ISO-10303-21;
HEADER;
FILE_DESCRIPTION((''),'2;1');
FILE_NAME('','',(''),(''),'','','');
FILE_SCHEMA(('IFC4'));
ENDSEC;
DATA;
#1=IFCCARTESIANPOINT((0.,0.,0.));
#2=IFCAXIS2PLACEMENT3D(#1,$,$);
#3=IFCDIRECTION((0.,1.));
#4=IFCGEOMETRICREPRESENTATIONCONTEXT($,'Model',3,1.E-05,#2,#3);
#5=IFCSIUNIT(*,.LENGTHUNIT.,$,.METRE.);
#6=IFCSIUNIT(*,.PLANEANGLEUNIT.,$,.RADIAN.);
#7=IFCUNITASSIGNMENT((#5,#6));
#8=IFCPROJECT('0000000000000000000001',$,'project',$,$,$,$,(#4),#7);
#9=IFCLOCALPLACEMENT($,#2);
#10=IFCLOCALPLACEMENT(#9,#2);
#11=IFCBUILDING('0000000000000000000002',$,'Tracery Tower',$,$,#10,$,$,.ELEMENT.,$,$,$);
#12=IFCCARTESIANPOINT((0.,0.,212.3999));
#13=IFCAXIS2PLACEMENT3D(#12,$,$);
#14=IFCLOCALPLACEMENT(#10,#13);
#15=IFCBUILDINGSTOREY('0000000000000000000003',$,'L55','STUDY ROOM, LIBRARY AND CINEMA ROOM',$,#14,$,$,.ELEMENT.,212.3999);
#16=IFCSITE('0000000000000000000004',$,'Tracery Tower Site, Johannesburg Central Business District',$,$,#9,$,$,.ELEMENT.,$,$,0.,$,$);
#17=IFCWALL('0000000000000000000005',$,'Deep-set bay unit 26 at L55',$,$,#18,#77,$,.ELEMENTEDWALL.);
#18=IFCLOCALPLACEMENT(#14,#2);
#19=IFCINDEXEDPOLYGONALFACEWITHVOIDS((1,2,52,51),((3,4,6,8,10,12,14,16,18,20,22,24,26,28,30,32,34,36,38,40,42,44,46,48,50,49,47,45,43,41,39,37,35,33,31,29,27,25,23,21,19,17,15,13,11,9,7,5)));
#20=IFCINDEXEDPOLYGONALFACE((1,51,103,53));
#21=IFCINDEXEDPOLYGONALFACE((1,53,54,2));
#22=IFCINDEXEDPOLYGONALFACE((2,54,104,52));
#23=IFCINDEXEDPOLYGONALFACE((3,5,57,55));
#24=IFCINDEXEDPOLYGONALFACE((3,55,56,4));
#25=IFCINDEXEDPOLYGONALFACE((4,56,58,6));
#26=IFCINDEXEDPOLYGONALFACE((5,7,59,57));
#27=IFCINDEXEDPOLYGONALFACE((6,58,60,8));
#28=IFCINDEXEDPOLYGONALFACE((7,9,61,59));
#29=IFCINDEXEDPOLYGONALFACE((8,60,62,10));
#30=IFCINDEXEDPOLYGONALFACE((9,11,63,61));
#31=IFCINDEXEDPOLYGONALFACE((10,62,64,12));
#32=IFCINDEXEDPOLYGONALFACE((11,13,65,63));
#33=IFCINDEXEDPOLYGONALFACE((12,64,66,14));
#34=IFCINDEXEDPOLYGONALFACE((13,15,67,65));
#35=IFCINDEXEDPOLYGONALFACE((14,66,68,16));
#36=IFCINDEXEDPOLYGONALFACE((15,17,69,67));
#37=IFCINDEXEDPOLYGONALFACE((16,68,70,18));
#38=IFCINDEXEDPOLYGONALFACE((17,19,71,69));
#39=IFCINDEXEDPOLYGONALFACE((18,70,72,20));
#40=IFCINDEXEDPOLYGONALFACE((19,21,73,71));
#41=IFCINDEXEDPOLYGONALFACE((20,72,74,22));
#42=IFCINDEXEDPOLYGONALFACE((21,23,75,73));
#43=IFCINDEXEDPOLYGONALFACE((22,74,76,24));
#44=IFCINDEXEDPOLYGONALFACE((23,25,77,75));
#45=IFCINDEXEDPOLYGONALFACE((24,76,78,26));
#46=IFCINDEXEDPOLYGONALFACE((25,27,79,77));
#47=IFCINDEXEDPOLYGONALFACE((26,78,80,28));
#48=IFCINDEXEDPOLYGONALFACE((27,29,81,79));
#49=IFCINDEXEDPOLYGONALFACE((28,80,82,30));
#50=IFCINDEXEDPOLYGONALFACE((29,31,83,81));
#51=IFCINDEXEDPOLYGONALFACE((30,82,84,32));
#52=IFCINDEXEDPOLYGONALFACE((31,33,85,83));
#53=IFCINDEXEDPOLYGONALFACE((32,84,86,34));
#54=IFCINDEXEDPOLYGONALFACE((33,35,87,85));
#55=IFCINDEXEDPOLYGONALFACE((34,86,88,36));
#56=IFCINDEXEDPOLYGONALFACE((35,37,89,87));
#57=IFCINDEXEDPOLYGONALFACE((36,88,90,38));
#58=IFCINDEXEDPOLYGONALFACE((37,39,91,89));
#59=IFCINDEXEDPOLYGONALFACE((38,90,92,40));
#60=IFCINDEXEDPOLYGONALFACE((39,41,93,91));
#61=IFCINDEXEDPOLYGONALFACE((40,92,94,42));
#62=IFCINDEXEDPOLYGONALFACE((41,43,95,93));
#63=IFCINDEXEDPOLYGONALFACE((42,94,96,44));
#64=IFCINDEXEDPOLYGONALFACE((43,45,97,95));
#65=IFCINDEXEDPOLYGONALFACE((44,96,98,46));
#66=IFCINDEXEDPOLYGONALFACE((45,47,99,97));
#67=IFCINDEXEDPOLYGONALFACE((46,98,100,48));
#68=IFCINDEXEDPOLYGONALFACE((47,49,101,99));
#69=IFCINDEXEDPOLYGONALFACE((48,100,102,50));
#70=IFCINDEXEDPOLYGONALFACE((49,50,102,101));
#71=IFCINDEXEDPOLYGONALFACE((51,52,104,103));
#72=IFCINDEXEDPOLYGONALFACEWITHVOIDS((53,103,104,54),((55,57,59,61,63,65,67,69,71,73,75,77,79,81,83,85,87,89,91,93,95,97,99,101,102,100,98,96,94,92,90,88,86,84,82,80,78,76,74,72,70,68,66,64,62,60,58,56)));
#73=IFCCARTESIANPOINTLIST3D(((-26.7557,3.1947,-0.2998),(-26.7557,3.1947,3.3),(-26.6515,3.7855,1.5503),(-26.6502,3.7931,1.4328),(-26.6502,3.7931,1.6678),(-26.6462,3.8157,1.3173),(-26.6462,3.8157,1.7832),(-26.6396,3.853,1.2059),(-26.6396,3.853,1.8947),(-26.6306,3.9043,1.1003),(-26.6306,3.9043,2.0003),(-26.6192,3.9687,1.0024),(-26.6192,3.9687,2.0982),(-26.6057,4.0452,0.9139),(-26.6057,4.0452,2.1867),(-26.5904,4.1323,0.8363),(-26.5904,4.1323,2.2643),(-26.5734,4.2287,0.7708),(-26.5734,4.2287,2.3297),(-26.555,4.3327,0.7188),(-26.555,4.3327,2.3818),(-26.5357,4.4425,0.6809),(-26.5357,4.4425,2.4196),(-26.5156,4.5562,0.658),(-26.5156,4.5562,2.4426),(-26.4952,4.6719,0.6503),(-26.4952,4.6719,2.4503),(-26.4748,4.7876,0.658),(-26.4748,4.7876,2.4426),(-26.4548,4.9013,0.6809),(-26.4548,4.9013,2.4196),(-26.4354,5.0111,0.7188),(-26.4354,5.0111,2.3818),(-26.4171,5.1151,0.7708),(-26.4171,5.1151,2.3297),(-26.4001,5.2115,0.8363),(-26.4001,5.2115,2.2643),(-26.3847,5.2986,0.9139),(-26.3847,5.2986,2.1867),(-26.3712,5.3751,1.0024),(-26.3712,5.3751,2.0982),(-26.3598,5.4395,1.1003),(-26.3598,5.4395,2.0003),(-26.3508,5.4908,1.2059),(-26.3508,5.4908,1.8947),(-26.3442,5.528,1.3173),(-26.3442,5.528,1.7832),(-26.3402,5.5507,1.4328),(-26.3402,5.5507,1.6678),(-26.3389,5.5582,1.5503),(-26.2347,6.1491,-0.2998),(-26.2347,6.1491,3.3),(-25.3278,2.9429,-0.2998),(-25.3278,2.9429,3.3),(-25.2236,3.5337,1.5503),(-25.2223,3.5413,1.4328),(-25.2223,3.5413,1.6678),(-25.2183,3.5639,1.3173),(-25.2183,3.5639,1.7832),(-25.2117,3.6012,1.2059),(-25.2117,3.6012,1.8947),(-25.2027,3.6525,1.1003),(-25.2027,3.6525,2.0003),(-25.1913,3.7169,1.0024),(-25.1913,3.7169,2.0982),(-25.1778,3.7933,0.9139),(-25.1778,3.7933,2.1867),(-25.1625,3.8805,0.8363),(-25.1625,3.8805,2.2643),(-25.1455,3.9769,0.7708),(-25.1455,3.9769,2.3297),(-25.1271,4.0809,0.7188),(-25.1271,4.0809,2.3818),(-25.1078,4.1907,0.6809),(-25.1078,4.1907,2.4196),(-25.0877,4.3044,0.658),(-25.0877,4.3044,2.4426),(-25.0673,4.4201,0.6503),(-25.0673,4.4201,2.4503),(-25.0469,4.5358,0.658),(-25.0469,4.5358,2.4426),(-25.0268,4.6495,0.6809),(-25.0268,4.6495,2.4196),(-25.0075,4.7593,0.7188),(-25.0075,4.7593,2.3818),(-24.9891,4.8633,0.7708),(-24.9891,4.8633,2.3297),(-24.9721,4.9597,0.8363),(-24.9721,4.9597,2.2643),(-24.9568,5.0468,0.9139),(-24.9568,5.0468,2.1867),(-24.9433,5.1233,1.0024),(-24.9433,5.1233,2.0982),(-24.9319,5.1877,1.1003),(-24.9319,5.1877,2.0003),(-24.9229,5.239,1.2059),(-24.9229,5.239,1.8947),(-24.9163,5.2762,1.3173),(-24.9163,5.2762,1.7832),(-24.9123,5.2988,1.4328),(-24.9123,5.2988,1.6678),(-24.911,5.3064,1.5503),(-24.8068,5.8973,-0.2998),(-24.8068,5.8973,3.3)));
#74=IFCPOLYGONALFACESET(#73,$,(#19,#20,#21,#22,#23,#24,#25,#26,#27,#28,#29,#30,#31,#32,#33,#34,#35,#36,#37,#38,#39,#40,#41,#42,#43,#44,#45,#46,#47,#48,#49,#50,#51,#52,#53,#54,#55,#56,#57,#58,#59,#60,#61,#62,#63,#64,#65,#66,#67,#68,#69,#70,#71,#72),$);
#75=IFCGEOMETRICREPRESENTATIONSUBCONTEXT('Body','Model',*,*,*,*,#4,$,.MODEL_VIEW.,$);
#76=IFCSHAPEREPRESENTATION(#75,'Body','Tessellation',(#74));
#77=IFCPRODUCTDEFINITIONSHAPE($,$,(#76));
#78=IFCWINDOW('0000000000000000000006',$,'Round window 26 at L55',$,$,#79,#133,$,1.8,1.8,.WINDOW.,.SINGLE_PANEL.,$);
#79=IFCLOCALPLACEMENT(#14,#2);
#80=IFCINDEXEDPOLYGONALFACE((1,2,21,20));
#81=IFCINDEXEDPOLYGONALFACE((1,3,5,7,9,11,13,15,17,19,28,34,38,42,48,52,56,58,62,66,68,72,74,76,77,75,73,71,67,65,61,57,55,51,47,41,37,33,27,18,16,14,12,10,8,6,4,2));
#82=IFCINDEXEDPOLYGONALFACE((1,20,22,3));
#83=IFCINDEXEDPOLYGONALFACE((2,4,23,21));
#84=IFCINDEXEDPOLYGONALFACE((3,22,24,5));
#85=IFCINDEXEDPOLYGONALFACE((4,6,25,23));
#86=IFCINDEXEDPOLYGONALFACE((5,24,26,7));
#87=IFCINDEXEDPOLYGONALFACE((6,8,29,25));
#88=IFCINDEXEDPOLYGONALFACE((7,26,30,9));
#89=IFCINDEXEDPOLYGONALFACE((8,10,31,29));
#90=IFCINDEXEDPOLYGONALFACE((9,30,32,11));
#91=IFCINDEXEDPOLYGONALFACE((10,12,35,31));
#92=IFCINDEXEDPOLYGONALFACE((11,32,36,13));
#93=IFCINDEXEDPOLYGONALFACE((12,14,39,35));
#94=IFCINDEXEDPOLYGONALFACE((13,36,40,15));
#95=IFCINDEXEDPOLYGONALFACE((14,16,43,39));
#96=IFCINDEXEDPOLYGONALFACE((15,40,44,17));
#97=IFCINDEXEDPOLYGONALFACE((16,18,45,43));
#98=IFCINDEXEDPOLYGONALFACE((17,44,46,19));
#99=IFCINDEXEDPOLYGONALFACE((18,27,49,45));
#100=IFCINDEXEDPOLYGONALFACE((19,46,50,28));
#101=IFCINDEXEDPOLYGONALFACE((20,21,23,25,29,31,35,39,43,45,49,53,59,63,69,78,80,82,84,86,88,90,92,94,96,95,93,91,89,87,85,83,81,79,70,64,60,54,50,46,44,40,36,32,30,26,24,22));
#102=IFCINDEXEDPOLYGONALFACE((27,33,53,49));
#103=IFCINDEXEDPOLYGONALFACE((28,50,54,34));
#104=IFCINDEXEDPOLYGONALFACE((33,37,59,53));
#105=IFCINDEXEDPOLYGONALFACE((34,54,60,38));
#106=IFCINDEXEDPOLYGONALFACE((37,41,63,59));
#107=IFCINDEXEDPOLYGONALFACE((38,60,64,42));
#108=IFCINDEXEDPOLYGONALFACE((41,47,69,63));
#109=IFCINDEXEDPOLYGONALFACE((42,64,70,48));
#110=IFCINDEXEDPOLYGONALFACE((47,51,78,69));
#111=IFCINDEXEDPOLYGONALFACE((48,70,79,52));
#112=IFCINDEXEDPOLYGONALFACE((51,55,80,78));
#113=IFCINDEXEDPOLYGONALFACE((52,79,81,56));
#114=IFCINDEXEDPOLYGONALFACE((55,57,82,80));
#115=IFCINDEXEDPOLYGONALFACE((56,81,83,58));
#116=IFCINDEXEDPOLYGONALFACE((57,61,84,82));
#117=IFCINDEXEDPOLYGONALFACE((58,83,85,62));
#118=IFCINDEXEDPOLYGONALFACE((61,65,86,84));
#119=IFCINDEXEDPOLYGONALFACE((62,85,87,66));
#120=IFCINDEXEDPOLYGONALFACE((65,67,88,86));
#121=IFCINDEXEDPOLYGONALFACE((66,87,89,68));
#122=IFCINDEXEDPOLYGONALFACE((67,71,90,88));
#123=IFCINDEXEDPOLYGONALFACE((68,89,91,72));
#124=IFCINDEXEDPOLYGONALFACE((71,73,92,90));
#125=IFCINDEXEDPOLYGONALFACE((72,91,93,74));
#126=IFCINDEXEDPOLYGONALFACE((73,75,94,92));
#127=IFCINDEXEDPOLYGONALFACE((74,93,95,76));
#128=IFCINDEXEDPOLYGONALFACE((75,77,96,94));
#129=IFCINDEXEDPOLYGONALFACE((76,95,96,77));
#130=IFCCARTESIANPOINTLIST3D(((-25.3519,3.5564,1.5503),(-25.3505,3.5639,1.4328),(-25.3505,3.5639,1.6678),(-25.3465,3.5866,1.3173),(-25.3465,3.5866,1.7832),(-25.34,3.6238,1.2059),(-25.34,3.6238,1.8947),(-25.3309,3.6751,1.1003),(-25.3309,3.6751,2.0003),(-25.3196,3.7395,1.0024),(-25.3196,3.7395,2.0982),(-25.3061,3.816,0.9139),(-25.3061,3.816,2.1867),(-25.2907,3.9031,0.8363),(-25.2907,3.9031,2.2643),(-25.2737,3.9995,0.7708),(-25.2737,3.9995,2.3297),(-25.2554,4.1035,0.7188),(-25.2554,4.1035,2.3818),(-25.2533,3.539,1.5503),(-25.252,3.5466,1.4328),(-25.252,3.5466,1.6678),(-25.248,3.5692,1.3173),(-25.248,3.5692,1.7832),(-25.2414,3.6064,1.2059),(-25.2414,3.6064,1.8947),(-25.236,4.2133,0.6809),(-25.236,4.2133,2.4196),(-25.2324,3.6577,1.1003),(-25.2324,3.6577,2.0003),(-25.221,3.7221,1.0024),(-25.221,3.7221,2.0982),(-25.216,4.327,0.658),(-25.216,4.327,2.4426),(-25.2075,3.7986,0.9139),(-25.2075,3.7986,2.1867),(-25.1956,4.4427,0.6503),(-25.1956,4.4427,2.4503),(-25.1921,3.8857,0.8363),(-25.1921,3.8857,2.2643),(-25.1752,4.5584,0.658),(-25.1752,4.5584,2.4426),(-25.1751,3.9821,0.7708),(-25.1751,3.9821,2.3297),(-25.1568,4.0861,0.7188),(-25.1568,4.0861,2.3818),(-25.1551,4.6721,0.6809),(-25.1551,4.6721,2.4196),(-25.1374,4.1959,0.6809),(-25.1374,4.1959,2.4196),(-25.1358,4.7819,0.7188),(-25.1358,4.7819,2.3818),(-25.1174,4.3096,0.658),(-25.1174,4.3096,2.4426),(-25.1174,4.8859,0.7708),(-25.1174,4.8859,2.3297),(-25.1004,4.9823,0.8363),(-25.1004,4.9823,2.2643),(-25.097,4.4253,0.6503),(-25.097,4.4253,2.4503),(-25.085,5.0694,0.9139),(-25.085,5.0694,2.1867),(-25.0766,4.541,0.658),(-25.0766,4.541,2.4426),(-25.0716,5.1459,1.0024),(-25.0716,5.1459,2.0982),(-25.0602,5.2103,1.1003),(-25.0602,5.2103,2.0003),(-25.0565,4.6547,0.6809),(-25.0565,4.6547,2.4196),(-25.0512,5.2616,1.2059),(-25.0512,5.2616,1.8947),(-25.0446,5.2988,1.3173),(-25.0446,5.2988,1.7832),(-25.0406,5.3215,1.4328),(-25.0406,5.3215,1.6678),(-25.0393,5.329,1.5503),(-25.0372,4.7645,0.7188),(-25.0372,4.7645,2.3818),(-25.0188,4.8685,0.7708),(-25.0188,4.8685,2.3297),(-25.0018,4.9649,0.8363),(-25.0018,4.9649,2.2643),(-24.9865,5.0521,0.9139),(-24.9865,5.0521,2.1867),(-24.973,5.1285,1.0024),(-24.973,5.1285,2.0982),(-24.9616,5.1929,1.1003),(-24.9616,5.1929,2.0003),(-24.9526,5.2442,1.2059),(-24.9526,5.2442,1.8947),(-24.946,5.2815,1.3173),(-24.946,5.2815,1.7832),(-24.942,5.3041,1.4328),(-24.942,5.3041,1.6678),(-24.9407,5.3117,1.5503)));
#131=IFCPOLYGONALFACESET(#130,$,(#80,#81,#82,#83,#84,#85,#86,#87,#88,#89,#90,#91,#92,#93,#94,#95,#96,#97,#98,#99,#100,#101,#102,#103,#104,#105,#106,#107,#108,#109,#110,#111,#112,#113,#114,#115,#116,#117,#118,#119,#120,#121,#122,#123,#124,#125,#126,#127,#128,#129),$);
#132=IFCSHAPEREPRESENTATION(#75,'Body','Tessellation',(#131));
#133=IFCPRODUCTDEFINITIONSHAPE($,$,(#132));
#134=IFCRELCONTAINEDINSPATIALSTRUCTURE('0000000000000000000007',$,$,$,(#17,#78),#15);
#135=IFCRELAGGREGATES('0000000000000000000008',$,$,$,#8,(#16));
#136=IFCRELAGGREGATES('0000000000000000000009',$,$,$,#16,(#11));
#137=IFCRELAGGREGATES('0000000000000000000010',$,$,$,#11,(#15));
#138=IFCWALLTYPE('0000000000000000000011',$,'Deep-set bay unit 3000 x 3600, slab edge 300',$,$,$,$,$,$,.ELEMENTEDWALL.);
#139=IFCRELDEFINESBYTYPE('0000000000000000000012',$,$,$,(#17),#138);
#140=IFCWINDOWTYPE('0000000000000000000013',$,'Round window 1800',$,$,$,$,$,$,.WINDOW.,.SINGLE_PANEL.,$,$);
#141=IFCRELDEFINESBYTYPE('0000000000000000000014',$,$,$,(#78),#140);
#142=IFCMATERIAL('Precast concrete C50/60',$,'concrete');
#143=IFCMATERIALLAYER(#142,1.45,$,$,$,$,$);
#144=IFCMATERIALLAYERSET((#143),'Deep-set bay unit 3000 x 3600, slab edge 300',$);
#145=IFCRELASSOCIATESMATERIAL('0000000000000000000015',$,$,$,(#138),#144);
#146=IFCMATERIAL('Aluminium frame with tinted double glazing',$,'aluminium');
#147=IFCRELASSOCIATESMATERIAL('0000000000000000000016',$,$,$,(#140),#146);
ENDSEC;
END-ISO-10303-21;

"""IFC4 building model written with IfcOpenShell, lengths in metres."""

from ifc_helpers import new_model, si_unit, direction, frame, frame_2d, origin, origin_2d, place, context, subcontext, project, spatial, rectangle, circle, extrude, material, layer, layer_set, type_object, element, fill, save


model = new_model("IFC4")

# Units and contexts
model_context = context("Model", 3, precision=1e-05, world=origin(), true_north=direction((0.0, 1.0)))
body_context = subcontext(model_context, "Body", "Model", "MODEL_VIEW")
ifc_project = project(units=[si_unit("LENGTHUNIT", "METRE"), si_unit("PLANEANGLEUNIT", "RADIAN")], contexts=[model_context])

# Site, building, storey
site_placement = place(None, origin())
site = spatial("IfcSite", under=ifc_project, at=site_placement, Name="Tracery Tower Site, Johannesburg Central Business District", CompositionType="ELEMENT", RefElevation=0.0)
building_placement = place(site_placement, origin())
building = spatial("IfcBuilding", under=site, at=building_placement, Name="Tracery Tower", CompositionType="ELEMENT")
storey_placement = place(building_placement, frame((0.0, 0.0, 212.3999)))
storey = spatial("IfcBuildingStorey", under=building, at=storey_placement, Name="L55", Description="STUDY ROOM, LIBRARY AND CINEMA ROOM", CompositionType="ELEMENT", Elevation=212.3999)

# Wall, opening, window
ifc_material_1 = material(Name="Precast concrete C50/60", Category="concrete")
ifc_layer_1 = layer(ifc_material_1, 1.45)
ifc_layer_set_1 = layer_set([ifc_layer_1], Name="Deep-set bay unit 3000 x 3600, slab edge 300")
wall_type_1 = type_object("IfcWallType", Name="Deep-set bay unit 3000 x 3600, slab edge 300", PredefinedType="ELEMENTEDWALL", material=ifc_layer_set_1)
wall_1_placement = place(storey_placement, frame((-25.5208, 6.0232, -0.2998), z_axis=(0.0, 0.0, 1.0), x_axis=(-0.173669, -0.984804, 0.0)))
wall_1 = element("IfcWall", 1, at=wall_1_placement, inside=storey, type_object=wall_type_1, Name="Deep-set bay unit 26 at L55", PredefinedType="ELEMENTEDWALL", context=body_context, shape_type="SweptSolid", body=[
    extrude(rectangle(XDim=3.0, YDim=1.45, at=frame_2d((1.5, 0.0))), origin(), (0.0, 0.0, 1.0), 3.5999),
])
opening_1_placement = place(wall_1_placement, frame((1.5, 0.0, 1.8501)))
opening_1 = element("IfcOpeningElement", 2, at=opening_1_placement, cuts=wall_1, PredefinedType="OPENING", context=body_context, shape_type="SweptSolid", body=[
    extrude(circle(Radius=0.9, at=origin_2d()), frame((0.0, 0.7349, 0.0), z_axis=(0.0, -1.0, 0.0), x_axis=(1.0, 0.0, 0.0)), (0.0, 0.0, 1.0), 1.47),
])
ifc_material_2 = material(Name="Aluminium frame with tinted double glazing", Category="aluminium")
window_type = type_object("IfcWindowType", Name="Round window 1800", PartitioningType="SINGLE_PANEL", PredefinedType="WINDOW", material=ifc_material_2)
window_1_placement = place(opening_1_placement, origin())
window_1 = element("IfcWindow", 3, at=window_1_placement, inside=storey, type_object=window_type, Name="Round window 26 at L55", OverallHeight=1.8, OverallWidth=1.8, PartitioningType="SINGLE_PANEL", PredefinedType="WINDOW", context=body_context, shape_type="SweptSolid", body=[
    extrude(circle(Radius=0.9, at=origin_2d()), frame((0.0, 0.6948, 0.0), z_axis=(0.0, -1.0, 0.0), x_axis=(1.0, 0.0, 0.0)), (0.0, 0.0, 1.0), 0.1001),
])
fill(opening_1, window_1)

save(model, "model.ifc")
